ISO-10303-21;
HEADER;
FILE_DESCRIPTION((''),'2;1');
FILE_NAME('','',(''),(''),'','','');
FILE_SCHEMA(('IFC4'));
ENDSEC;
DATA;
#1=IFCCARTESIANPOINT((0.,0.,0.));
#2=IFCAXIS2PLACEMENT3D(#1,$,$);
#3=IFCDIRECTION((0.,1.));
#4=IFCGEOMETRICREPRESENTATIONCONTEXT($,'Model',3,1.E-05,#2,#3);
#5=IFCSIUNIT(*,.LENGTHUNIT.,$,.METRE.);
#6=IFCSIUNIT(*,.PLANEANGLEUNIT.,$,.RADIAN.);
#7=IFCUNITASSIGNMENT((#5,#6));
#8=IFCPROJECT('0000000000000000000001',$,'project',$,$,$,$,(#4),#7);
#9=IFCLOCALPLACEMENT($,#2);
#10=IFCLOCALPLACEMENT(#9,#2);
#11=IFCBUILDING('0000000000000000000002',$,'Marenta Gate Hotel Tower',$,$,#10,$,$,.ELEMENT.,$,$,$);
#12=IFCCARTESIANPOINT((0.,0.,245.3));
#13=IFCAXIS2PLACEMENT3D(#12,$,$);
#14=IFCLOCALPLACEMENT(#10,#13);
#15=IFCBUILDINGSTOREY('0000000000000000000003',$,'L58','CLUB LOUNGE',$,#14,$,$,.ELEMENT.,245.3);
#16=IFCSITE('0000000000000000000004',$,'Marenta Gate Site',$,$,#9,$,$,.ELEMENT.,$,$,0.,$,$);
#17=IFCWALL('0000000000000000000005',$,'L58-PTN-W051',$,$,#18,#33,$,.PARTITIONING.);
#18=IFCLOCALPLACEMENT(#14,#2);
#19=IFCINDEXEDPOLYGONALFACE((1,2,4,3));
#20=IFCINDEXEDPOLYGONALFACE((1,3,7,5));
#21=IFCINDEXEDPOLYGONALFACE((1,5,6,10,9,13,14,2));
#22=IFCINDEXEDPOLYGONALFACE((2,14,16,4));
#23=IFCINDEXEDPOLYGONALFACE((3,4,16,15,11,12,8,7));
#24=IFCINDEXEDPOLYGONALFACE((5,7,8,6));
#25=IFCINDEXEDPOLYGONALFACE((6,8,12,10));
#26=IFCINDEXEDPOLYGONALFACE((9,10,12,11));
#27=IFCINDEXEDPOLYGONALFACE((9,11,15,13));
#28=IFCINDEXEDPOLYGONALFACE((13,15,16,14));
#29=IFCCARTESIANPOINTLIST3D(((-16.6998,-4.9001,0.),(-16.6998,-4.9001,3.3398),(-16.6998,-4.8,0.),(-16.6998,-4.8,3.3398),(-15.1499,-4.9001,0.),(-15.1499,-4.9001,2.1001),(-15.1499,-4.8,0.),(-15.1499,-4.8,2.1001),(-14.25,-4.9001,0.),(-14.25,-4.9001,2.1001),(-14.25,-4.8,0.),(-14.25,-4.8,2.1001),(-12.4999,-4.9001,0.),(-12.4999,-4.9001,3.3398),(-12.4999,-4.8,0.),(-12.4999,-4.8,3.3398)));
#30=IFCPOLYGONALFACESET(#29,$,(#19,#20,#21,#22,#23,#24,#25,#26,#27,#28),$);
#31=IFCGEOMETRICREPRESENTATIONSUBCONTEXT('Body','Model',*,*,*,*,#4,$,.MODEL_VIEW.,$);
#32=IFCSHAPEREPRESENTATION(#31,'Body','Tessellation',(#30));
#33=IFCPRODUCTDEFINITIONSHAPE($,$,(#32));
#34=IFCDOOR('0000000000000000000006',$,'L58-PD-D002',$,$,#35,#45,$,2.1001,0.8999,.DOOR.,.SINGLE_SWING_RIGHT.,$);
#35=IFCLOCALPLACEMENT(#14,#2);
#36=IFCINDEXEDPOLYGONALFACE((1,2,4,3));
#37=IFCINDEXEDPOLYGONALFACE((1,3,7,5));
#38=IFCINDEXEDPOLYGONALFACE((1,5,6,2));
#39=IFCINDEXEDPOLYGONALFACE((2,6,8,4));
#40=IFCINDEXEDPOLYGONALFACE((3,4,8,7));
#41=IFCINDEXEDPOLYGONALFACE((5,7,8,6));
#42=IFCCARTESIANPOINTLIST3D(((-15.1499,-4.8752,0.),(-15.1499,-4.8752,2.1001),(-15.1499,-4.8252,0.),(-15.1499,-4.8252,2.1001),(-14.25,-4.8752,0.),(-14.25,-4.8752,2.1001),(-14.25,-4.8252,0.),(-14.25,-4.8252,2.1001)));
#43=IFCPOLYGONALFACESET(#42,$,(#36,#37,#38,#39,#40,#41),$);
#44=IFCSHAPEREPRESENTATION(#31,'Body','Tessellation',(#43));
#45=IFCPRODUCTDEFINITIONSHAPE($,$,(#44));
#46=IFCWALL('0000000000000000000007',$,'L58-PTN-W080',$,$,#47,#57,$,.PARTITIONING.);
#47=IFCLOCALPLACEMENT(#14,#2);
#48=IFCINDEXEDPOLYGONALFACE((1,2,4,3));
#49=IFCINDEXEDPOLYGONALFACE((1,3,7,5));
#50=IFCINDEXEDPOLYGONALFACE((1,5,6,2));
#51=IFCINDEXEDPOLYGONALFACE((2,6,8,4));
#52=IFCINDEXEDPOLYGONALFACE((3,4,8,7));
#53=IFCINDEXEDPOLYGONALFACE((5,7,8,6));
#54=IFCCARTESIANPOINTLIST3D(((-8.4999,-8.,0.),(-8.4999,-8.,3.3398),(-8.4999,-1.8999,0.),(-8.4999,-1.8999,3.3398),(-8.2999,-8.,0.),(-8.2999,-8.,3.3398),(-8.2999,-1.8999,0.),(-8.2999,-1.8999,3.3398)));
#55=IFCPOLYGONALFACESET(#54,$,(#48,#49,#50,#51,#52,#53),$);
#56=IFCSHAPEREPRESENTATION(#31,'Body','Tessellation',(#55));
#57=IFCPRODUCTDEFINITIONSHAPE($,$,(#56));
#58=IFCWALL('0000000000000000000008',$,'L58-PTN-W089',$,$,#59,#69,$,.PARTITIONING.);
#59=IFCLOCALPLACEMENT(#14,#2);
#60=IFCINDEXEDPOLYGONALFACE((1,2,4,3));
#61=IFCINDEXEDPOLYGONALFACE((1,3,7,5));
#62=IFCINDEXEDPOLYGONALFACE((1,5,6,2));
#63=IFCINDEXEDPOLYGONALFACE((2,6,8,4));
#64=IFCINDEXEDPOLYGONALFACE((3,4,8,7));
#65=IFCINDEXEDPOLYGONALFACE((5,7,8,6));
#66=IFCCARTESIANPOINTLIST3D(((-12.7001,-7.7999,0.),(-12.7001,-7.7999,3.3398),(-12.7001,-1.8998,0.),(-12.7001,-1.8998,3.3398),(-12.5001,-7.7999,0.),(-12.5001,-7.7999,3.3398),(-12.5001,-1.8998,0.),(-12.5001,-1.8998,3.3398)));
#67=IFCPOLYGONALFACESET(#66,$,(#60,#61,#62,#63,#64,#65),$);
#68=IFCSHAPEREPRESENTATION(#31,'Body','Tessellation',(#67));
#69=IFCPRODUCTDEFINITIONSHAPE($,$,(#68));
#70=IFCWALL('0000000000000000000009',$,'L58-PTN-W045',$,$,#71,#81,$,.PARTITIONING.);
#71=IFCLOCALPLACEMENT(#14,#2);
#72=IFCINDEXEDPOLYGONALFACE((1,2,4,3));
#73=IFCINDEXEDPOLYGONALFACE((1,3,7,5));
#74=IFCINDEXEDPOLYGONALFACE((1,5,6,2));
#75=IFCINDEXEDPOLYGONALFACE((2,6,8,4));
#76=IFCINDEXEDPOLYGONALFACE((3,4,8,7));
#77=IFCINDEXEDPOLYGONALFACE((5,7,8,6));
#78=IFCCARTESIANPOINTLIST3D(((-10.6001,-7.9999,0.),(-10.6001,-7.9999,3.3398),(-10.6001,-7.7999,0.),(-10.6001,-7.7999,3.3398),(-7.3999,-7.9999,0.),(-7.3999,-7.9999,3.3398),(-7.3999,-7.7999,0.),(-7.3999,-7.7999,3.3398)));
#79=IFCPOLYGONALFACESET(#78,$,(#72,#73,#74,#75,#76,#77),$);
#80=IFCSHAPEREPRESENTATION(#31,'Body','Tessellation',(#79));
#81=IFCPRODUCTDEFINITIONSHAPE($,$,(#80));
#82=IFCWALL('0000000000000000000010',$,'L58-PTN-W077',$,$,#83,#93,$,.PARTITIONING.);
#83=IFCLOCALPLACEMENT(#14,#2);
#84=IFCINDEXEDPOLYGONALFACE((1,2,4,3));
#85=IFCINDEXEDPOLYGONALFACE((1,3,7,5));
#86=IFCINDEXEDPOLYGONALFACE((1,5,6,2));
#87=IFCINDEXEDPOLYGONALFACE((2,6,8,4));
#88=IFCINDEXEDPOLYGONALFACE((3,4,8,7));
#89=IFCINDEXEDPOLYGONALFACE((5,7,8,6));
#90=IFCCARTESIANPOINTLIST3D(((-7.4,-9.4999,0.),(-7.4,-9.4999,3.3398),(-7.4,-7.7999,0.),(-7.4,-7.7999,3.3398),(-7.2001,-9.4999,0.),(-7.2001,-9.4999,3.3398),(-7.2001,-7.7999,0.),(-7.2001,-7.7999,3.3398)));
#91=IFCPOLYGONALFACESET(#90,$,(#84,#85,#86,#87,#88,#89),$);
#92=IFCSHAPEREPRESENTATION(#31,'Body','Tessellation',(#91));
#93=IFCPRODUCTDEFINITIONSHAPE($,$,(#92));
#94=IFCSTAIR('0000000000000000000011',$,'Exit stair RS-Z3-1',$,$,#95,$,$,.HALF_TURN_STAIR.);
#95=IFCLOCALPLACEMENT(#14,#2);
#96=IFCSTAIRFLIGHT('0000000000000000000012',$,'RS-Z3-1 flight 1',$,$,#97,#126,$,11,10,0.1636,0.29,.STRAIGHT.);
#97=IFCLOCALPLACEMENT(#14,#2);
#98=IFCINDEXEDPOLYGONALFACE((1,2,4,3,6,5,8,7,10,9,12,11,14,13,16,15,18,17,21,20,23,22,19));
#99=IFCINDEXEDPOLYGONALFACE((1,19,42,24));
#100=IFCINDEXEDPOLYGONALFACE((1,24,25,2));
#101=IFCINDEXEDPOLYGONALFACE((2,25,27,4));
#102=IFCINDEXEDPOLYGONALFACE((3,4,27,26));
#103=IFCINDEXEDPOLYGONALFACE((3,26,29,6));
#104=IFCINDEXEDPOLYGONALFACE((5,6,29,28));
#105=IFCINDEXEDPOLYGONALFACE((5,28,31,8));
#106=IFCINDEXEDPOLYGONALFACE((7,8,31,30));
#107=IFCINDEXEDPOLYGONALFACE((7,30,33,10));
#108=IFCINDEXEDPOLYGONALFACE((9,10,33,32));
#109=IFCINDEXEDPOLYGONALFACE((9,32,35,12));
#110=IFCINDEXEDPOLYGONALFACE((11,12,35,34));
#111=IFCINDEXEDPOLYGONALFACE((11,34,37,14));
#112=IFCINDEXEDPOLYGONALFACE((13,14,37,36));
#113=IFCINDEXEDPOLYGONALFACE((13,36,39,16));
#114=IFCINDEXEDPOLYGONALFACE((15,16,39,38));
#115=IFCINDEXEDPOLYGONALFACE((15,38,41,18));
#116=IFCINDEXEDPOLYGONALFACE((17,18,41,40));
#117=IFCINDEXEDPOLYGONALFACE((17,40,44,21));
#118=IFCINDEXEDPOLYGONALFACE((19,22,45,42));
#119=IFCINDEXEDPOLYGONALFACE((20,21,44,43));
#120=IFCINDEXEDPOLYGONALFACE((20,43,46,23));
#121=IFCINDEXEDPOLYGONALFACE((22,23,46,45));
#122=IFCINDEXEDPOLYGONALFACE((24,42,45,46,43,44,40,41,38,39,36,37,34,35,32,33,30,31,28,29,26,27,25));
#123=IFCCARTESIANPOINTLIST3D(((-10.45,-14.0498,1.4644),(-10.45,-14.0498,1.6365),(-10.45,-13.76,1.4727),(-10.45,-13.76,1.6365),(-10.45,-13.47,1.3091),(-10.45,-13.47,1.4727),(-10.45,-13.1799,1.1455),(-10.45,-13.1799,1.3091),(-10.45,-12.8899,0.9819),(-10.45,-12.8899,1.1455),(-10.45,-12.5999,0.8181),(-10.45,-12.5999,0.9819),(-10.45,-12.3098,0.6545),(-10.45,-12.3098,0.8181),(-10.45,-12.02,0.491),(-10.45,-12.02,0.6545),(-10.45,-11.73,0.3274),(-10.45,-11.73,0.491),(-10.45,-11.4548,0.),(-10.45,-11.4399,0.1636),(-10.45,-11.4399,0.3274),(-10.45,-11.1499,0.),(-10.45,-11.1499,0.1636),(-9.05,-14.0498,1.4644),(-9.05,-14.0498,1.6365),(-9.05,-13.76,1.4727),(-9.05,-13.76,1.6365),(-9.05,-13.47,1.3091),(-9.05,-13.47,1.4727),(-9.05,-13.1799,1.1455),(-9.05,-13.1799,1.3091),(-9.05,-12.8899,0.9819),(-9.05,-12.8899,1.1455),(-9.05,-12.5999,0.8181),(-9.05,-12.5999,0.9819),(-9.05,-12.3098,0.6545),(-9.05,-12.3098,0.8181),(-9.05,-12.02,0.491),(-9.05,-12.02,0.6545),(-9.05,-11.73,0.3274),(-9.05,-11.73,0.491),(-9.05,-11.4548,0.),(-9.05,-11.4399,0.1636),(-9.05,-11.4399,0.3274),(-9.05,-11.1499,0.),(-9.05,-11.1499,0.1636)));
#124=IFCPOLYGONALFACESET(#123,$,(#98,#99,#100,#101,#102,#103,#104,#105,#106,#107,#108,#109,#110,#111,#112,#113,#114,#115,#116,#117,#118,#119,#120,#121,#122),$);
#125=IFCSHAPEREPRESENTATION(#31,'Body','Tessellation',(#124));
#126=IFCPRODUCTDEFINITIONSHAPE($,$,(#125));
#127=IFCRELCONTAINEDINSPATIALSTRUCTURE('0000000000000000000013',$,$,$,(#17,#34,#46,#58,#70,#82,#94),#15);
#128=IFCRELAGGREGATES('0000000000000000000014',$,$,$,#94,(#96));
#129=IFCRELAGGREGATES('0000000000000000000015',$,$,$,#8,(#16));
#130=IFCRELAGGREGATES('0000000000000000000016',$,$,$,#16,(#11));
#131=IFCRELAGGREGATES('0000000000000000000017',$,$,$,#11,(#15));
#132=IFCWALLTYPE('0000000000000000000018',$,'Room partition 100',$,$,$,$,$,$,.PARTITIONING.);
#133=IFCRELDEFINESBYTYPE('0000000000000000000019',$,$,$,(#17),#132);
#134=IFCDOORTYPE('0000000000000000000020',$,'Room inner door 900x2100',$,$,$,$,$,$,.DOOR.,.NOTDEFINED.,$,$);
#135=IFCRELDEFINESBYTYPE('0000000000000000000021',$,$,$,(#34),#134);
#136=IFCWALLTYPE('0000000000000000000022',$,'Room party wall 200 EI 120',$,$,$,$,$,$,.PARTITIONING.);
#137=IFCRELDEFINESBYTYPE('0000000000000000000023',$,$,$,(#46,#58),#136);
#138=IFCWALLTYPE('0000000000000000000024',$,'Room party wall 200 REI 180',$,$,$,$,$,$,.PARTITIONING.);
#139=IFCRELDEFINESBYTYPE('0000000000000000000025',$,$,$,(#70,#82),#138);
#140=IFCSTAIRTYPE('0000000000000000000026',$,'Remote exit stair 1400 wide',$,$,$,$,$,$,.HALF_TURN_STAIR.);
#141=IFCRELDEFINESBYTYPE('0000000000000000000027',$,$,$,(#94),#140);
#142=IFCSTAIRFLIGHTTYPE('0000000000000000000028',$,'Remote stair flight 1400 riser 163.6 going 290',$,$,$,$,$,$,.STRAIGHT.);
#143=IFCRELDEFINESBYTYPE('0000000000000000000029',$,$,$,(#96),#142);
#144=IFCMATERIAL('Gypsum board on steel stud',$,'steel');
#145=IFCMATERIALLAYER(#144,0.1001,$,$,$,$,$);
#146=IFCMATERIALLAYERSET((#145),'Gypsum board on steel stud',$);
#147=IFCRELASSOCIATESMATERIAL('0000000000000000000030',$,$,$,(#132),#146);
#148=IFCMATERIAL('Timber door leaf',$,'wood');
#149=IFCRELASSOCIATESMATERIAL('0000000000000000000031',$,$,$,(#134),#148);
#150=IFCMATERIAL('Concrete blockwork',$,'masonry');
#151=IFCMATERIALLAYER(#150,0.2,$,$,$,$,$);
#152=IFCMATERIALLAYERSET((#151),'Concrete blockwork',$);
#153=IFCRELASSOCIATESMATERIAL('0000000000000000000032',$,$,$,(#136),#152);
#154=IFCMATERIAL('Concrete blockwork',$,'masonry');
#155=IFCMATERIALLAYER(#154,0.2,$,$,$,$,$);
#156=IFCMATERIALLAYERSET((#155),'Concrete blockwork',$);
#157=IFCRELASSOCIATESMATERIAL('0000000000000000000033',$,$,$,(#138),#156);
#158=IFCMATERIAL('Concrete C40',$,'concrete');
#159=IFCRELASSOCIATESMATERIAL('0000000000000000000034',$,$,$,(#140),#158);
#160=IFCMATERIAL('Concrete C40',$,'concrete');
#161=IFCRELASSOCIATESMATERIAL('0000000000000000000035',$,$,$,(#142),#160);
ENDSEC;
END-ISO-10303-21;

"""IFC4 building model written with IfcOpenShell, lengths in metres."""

from ifc_helpers import new_model, si_unit, direction, frame, frame_2d, origin, place, context, subcontext, project, spatial, polyline, rectangle, outline, extrude, material, layer, layer_set, type_object, element, fill, aggregate, save


model = new_model("IFC4")

# Units and contexts
model_context = context("Model", 3, precision=1e-05, world=origin(), true_north=direction((0.0, 1.0)))
body_context = subcontext(model_context, "Body", "Model", "MODEL_VIEW")
ifc_project = project(units=[si_unit("LENGTHUNIT", "METRE"), si_unit("PLANEANGLEUNIT", "RADIAN")], contexts=[model_context])

# Site, building, storey
site_placement = place(None, origin())
site = spatial("IfcSite", under=ifc_project, at=site_placement, Name="Marenta Gate Site", CompositionType="ELEMENT", RefElevation=0.0)
building_placement = place(site_placement, origin())
building = spatial("IfcBuilding", under=site, at=building_placement, Name="Marenta Gate Hotel Tower", CompositionType="ELEMENT")
storey_placement = place(building_placement, frame((0.0, 0.0, 245.3)))
storey = spatial("IfcBuildingStorey", under=building, at=storey_placement, Name="L58", Description="CLUB LOUNGE", CompositionType="ELEMENT", Elevation=245.3)

# Wall, opening, door
ifc_material_1 = material(Name="Gypsum board on steel stud", Category="steel")
ifc_layer_1 = layer(ifc_material_1, 0.1001)
ifc_layer_set_1 = layer_set([ifc_layer_1], Name="Gypsum board on steel stud")
wall_type_1 = type_object("IfcWallType", Name="Room partition 100", PredefinedType="PARTITIONING", material=ifc_layer_set_1)
ifc_material_2 = material(Name="Timber door leaf", Category="wood")
door_type_1 = type_object("IfcDoorType", Name="Room inner door 900x2100", OperationType="NOTDEFINED", PredefinedType="DOOR", material=ifc_material_2)
wall_1_placement = place(storey_placement, frame((-16.7, -4.8501, 0.0), z_axis=(0.0, 0.0, 1.0), x_axis=(1.0, 0.0, 0.0)))
wall_1 = element("IfcWall", 1, at=wall_1_placement, inside=storey, type_object=wall_type_1, Name="L58-PTN-W051", PredefinedType="PARTITIONING", context=body_context, shape_type="SweptSolid", body=[
    extrude(rectangle(XDim=4.2, YDim=0.1001, at=frame_2d((2.1001, 0.0))), origin(), (0.0, 0.0, 1.0), 3.3398),
])
opening_1_placement = place(wall_1_placement, frame((1.55, 0.0, 0.0)))
opening_1 = element("IfcOpeningElement", 2, at=opening_1_placement, cuts=wall_1, PredefinedType="OPENING", context=body_context, shape_type="SweptSolid", body=[
    extrude(rectangle(XDim=0.8999, YDim=2.1001, at=frame_2d((0.45, 1.05))), frame((0.0, 0.05, 0.0), z_axis=(0.0, -1.0, 0.0), x_axis=(1.0, 0.0, 0.0)), (0.0, 0.0, 1.0), 0.1001),
])
door_1_placement = place(opening_1_placement, origin())
door_1 = element("IfcDoor", 3, at=door_1_placement, inside=storey, type_object=door_type_1, Name="L58-PD-D002", OperationType="SINGLE_SWING_RIGHT", OverallHeight=2.1001, OverallWidth=0.8999, PredefinedType="DOOR", context=body_context, shape_type="SweptSolid", body=[
    extrude(rectangle(XDim=0.8999, YDim=2.1001, at=frame_2d((0.45, 1.05))), frame((0.0, 0.0249, 0.0), z_axis=(0.0, -1.0, 0.0), x_axis=(1.0, 0.0, 0.0)), (0.0, 0.0, 1.0), 0.05),
])
fill(opening_1, door_1)

# Walls
ifc_material_3 = material(Name="Concrete blockwork", Category="masonry")
ifc_layer_2 = layer(ifc_material_3, 0.2)
ifc_layer_set_2 = layer_set([ifc_layer_2], Name="Concrete blockwork")
wall_type_2 = type_object("IfcWallType", Name="Room party wall 200 EI 120", PredefinedType="PARTITIONING", material=ifc_layer_set_2)
wall_2_placement = place(storey_placement, frame((-8.3999, -8.0, 0.0), z_axis=(0.0, 0.0, 1.0), x_axis=(0.0, 1.0, 0.0)))
element("IfcWall", 4, at=wall_2_placement, inside=storey, type_object=wall_type_2, Name="L58-PTN-W080", PredefinedType="PARTITIONING", context=body_context, shape_type="SweptSolid", body=[
    extrude(rectangle(XDim=6.1001, YDim=0.2, at=frame_2d((3.05, 0.0))), origin(), (0.0, 0.0, 1.0), 3.3398),
])
wall_3_placement = place(storey_placement, frame((-12.6001, -7.8, 0.0), z_axis=(0.0, 0.0, 1.0), x_axis=(0.0, 1.0, 0.0)))
element("IfcWall", 5, at=wall_3_placement, inside=storey, type_object=wall_type_2, Name="L58-PTN-W089", PredefinedType="PARTITIONING", context=body_context, shape_type="SweptSolid", body=[
    extrude(rectangle(XDim=5.9001, YDim=0.2, at=frame_2d((2.9502, 0.0))), origin(), (0.0, 0.0, 1.0), 3.3398),
])
ifc_material_4 = material(Name="Concrete blockwork", Category="masonry")
ifc_layer_3 = layer(ifc_material_4, 0.2)
ifc_layer_set_3 = layer_set([ifc_layer_3], Name="Concrete blockwork")
wall_type_3 = type_object("IfcWallType", Name="Room party wall 200 REI 180", PredefinedType="PARTITIONING", material=ifc_layer_set_3)
wall_4_placement = place(storey_placement, frame((-10.6001, -7.8999, 0.0), z_axis=(0.0, 0.0, 1.0), x_axis=(1.0, 0.0, 0.0)))
element("IfcWall", 6, at=wall_4_placement, inside=storey, type_object=wall_type_3, Name="L58-PTN-W045", PredefinedType="PARTITIONING", context=body_context, shape_type="SweptSolid", body=[
    extrude(rectangle(XDim=3.2002, YDim=0.2, at=frame_2d((1.6001, 0.0))), origin(), (0.0, 0.0, 1.0), 3.3398),
])
wall_5_placement = place(storey_placement, frame((-7.3, -9.5, 0.0), z_axis=(0.0, 0.0, 1.0), x_axis=(0.0, 1.0, 0.0)))
element("IfcWall", 7, at=wall_5_placement, inside=storey, type_object=wall_type_3, Name="L58-PTN-W077", PredefinedType="PARTITIONING", context=body_context, shape_type="SweptSolid", body=[
    extrude(rectangle(XDim=1.7, YDim=0.2, at=frame_2d((0.8501, 0.0))), origin(), (0.0, 0.0, 1.0), 3.3398),
])

# Stair, stair flight
ifc_material_5 = material(Name="Concrete C40", Category="concrete")
stair_type = type_object("IfcStairType", Name="Remote exit stair 1400 wide", PredefinedType="HALF_TURN_STAIR", material=ifc_material_5)
stair_placement = place(storey_placement, origin())
stair = element("IfcStair", 8, at=stair_placement, inside=storey, type_object=stair_type, Name="Exit stair RS-Z3-1", PredefinedType="HALF_TURN_STAIR")
ifc_material_6 = material(Name="Concrete C40", Category="concrete")
stair_flight_type = type_object("IfcStairFlightType", Name="Remote stair flight 1400 riser 163.6 going 290", PredefinedType="STRAIGHT", material=ifc_material_6)
stair_flight_placement = place(storey_placement, frame((-9.75, -11.1499, 0.0), z_axis=(0.0, 0.0, 1.0), x_axis=(0.0, -1.0, 0.0)))
stair_flight = element("IfcStairFlight", 9, at=stair_flight_placement, type_object=stair_flight_type, Name="RS-Z3-1 flight 1", NumberOfRisers=11, NumberOfTreads=10, PredefinedType="STRAIGHT", RiserHeight=0.1636, TreadLength=0.29, context=body_context, shape_type="SweptSolid", body=[
    extrude(outline(polyline([(0.0, 0.0), (0.0, 0.1636), (0.29, 0.1636), (0.29, 0.3274), (0.5801, 0.3274), (0.5801, 0.491), (0.8701, 0.491), (0.8701, 0.6545), (1.1599, 0.6545), (1.1599, 0.8181), (1.45, 0.8181), (1.45, 0.9819), (1.74, 0.9819), (1.74, 1.1455), (2.03, 1.1455), (2.03, 1.3091), (2.3201, 1.3091), (2.3201, 1.4727), (2.6101, 1.4727), (2.6101, 1.6365), (2.8999, 1.6365), (2.8999, 1.8), (2.8999, 1.4644), (0.3049, 0.0), (0.0, 0.0)])), frame((0.0, 0.7, 0.0), z_axis=(0.0, -1.0, 0.0), x_axis=(1.0, 0.0, 0.0)), (0.0, 0.0, 1.0), 1.3999),
])
aggregate(stair, [stair_flight])

save(model, "model.ifc")
